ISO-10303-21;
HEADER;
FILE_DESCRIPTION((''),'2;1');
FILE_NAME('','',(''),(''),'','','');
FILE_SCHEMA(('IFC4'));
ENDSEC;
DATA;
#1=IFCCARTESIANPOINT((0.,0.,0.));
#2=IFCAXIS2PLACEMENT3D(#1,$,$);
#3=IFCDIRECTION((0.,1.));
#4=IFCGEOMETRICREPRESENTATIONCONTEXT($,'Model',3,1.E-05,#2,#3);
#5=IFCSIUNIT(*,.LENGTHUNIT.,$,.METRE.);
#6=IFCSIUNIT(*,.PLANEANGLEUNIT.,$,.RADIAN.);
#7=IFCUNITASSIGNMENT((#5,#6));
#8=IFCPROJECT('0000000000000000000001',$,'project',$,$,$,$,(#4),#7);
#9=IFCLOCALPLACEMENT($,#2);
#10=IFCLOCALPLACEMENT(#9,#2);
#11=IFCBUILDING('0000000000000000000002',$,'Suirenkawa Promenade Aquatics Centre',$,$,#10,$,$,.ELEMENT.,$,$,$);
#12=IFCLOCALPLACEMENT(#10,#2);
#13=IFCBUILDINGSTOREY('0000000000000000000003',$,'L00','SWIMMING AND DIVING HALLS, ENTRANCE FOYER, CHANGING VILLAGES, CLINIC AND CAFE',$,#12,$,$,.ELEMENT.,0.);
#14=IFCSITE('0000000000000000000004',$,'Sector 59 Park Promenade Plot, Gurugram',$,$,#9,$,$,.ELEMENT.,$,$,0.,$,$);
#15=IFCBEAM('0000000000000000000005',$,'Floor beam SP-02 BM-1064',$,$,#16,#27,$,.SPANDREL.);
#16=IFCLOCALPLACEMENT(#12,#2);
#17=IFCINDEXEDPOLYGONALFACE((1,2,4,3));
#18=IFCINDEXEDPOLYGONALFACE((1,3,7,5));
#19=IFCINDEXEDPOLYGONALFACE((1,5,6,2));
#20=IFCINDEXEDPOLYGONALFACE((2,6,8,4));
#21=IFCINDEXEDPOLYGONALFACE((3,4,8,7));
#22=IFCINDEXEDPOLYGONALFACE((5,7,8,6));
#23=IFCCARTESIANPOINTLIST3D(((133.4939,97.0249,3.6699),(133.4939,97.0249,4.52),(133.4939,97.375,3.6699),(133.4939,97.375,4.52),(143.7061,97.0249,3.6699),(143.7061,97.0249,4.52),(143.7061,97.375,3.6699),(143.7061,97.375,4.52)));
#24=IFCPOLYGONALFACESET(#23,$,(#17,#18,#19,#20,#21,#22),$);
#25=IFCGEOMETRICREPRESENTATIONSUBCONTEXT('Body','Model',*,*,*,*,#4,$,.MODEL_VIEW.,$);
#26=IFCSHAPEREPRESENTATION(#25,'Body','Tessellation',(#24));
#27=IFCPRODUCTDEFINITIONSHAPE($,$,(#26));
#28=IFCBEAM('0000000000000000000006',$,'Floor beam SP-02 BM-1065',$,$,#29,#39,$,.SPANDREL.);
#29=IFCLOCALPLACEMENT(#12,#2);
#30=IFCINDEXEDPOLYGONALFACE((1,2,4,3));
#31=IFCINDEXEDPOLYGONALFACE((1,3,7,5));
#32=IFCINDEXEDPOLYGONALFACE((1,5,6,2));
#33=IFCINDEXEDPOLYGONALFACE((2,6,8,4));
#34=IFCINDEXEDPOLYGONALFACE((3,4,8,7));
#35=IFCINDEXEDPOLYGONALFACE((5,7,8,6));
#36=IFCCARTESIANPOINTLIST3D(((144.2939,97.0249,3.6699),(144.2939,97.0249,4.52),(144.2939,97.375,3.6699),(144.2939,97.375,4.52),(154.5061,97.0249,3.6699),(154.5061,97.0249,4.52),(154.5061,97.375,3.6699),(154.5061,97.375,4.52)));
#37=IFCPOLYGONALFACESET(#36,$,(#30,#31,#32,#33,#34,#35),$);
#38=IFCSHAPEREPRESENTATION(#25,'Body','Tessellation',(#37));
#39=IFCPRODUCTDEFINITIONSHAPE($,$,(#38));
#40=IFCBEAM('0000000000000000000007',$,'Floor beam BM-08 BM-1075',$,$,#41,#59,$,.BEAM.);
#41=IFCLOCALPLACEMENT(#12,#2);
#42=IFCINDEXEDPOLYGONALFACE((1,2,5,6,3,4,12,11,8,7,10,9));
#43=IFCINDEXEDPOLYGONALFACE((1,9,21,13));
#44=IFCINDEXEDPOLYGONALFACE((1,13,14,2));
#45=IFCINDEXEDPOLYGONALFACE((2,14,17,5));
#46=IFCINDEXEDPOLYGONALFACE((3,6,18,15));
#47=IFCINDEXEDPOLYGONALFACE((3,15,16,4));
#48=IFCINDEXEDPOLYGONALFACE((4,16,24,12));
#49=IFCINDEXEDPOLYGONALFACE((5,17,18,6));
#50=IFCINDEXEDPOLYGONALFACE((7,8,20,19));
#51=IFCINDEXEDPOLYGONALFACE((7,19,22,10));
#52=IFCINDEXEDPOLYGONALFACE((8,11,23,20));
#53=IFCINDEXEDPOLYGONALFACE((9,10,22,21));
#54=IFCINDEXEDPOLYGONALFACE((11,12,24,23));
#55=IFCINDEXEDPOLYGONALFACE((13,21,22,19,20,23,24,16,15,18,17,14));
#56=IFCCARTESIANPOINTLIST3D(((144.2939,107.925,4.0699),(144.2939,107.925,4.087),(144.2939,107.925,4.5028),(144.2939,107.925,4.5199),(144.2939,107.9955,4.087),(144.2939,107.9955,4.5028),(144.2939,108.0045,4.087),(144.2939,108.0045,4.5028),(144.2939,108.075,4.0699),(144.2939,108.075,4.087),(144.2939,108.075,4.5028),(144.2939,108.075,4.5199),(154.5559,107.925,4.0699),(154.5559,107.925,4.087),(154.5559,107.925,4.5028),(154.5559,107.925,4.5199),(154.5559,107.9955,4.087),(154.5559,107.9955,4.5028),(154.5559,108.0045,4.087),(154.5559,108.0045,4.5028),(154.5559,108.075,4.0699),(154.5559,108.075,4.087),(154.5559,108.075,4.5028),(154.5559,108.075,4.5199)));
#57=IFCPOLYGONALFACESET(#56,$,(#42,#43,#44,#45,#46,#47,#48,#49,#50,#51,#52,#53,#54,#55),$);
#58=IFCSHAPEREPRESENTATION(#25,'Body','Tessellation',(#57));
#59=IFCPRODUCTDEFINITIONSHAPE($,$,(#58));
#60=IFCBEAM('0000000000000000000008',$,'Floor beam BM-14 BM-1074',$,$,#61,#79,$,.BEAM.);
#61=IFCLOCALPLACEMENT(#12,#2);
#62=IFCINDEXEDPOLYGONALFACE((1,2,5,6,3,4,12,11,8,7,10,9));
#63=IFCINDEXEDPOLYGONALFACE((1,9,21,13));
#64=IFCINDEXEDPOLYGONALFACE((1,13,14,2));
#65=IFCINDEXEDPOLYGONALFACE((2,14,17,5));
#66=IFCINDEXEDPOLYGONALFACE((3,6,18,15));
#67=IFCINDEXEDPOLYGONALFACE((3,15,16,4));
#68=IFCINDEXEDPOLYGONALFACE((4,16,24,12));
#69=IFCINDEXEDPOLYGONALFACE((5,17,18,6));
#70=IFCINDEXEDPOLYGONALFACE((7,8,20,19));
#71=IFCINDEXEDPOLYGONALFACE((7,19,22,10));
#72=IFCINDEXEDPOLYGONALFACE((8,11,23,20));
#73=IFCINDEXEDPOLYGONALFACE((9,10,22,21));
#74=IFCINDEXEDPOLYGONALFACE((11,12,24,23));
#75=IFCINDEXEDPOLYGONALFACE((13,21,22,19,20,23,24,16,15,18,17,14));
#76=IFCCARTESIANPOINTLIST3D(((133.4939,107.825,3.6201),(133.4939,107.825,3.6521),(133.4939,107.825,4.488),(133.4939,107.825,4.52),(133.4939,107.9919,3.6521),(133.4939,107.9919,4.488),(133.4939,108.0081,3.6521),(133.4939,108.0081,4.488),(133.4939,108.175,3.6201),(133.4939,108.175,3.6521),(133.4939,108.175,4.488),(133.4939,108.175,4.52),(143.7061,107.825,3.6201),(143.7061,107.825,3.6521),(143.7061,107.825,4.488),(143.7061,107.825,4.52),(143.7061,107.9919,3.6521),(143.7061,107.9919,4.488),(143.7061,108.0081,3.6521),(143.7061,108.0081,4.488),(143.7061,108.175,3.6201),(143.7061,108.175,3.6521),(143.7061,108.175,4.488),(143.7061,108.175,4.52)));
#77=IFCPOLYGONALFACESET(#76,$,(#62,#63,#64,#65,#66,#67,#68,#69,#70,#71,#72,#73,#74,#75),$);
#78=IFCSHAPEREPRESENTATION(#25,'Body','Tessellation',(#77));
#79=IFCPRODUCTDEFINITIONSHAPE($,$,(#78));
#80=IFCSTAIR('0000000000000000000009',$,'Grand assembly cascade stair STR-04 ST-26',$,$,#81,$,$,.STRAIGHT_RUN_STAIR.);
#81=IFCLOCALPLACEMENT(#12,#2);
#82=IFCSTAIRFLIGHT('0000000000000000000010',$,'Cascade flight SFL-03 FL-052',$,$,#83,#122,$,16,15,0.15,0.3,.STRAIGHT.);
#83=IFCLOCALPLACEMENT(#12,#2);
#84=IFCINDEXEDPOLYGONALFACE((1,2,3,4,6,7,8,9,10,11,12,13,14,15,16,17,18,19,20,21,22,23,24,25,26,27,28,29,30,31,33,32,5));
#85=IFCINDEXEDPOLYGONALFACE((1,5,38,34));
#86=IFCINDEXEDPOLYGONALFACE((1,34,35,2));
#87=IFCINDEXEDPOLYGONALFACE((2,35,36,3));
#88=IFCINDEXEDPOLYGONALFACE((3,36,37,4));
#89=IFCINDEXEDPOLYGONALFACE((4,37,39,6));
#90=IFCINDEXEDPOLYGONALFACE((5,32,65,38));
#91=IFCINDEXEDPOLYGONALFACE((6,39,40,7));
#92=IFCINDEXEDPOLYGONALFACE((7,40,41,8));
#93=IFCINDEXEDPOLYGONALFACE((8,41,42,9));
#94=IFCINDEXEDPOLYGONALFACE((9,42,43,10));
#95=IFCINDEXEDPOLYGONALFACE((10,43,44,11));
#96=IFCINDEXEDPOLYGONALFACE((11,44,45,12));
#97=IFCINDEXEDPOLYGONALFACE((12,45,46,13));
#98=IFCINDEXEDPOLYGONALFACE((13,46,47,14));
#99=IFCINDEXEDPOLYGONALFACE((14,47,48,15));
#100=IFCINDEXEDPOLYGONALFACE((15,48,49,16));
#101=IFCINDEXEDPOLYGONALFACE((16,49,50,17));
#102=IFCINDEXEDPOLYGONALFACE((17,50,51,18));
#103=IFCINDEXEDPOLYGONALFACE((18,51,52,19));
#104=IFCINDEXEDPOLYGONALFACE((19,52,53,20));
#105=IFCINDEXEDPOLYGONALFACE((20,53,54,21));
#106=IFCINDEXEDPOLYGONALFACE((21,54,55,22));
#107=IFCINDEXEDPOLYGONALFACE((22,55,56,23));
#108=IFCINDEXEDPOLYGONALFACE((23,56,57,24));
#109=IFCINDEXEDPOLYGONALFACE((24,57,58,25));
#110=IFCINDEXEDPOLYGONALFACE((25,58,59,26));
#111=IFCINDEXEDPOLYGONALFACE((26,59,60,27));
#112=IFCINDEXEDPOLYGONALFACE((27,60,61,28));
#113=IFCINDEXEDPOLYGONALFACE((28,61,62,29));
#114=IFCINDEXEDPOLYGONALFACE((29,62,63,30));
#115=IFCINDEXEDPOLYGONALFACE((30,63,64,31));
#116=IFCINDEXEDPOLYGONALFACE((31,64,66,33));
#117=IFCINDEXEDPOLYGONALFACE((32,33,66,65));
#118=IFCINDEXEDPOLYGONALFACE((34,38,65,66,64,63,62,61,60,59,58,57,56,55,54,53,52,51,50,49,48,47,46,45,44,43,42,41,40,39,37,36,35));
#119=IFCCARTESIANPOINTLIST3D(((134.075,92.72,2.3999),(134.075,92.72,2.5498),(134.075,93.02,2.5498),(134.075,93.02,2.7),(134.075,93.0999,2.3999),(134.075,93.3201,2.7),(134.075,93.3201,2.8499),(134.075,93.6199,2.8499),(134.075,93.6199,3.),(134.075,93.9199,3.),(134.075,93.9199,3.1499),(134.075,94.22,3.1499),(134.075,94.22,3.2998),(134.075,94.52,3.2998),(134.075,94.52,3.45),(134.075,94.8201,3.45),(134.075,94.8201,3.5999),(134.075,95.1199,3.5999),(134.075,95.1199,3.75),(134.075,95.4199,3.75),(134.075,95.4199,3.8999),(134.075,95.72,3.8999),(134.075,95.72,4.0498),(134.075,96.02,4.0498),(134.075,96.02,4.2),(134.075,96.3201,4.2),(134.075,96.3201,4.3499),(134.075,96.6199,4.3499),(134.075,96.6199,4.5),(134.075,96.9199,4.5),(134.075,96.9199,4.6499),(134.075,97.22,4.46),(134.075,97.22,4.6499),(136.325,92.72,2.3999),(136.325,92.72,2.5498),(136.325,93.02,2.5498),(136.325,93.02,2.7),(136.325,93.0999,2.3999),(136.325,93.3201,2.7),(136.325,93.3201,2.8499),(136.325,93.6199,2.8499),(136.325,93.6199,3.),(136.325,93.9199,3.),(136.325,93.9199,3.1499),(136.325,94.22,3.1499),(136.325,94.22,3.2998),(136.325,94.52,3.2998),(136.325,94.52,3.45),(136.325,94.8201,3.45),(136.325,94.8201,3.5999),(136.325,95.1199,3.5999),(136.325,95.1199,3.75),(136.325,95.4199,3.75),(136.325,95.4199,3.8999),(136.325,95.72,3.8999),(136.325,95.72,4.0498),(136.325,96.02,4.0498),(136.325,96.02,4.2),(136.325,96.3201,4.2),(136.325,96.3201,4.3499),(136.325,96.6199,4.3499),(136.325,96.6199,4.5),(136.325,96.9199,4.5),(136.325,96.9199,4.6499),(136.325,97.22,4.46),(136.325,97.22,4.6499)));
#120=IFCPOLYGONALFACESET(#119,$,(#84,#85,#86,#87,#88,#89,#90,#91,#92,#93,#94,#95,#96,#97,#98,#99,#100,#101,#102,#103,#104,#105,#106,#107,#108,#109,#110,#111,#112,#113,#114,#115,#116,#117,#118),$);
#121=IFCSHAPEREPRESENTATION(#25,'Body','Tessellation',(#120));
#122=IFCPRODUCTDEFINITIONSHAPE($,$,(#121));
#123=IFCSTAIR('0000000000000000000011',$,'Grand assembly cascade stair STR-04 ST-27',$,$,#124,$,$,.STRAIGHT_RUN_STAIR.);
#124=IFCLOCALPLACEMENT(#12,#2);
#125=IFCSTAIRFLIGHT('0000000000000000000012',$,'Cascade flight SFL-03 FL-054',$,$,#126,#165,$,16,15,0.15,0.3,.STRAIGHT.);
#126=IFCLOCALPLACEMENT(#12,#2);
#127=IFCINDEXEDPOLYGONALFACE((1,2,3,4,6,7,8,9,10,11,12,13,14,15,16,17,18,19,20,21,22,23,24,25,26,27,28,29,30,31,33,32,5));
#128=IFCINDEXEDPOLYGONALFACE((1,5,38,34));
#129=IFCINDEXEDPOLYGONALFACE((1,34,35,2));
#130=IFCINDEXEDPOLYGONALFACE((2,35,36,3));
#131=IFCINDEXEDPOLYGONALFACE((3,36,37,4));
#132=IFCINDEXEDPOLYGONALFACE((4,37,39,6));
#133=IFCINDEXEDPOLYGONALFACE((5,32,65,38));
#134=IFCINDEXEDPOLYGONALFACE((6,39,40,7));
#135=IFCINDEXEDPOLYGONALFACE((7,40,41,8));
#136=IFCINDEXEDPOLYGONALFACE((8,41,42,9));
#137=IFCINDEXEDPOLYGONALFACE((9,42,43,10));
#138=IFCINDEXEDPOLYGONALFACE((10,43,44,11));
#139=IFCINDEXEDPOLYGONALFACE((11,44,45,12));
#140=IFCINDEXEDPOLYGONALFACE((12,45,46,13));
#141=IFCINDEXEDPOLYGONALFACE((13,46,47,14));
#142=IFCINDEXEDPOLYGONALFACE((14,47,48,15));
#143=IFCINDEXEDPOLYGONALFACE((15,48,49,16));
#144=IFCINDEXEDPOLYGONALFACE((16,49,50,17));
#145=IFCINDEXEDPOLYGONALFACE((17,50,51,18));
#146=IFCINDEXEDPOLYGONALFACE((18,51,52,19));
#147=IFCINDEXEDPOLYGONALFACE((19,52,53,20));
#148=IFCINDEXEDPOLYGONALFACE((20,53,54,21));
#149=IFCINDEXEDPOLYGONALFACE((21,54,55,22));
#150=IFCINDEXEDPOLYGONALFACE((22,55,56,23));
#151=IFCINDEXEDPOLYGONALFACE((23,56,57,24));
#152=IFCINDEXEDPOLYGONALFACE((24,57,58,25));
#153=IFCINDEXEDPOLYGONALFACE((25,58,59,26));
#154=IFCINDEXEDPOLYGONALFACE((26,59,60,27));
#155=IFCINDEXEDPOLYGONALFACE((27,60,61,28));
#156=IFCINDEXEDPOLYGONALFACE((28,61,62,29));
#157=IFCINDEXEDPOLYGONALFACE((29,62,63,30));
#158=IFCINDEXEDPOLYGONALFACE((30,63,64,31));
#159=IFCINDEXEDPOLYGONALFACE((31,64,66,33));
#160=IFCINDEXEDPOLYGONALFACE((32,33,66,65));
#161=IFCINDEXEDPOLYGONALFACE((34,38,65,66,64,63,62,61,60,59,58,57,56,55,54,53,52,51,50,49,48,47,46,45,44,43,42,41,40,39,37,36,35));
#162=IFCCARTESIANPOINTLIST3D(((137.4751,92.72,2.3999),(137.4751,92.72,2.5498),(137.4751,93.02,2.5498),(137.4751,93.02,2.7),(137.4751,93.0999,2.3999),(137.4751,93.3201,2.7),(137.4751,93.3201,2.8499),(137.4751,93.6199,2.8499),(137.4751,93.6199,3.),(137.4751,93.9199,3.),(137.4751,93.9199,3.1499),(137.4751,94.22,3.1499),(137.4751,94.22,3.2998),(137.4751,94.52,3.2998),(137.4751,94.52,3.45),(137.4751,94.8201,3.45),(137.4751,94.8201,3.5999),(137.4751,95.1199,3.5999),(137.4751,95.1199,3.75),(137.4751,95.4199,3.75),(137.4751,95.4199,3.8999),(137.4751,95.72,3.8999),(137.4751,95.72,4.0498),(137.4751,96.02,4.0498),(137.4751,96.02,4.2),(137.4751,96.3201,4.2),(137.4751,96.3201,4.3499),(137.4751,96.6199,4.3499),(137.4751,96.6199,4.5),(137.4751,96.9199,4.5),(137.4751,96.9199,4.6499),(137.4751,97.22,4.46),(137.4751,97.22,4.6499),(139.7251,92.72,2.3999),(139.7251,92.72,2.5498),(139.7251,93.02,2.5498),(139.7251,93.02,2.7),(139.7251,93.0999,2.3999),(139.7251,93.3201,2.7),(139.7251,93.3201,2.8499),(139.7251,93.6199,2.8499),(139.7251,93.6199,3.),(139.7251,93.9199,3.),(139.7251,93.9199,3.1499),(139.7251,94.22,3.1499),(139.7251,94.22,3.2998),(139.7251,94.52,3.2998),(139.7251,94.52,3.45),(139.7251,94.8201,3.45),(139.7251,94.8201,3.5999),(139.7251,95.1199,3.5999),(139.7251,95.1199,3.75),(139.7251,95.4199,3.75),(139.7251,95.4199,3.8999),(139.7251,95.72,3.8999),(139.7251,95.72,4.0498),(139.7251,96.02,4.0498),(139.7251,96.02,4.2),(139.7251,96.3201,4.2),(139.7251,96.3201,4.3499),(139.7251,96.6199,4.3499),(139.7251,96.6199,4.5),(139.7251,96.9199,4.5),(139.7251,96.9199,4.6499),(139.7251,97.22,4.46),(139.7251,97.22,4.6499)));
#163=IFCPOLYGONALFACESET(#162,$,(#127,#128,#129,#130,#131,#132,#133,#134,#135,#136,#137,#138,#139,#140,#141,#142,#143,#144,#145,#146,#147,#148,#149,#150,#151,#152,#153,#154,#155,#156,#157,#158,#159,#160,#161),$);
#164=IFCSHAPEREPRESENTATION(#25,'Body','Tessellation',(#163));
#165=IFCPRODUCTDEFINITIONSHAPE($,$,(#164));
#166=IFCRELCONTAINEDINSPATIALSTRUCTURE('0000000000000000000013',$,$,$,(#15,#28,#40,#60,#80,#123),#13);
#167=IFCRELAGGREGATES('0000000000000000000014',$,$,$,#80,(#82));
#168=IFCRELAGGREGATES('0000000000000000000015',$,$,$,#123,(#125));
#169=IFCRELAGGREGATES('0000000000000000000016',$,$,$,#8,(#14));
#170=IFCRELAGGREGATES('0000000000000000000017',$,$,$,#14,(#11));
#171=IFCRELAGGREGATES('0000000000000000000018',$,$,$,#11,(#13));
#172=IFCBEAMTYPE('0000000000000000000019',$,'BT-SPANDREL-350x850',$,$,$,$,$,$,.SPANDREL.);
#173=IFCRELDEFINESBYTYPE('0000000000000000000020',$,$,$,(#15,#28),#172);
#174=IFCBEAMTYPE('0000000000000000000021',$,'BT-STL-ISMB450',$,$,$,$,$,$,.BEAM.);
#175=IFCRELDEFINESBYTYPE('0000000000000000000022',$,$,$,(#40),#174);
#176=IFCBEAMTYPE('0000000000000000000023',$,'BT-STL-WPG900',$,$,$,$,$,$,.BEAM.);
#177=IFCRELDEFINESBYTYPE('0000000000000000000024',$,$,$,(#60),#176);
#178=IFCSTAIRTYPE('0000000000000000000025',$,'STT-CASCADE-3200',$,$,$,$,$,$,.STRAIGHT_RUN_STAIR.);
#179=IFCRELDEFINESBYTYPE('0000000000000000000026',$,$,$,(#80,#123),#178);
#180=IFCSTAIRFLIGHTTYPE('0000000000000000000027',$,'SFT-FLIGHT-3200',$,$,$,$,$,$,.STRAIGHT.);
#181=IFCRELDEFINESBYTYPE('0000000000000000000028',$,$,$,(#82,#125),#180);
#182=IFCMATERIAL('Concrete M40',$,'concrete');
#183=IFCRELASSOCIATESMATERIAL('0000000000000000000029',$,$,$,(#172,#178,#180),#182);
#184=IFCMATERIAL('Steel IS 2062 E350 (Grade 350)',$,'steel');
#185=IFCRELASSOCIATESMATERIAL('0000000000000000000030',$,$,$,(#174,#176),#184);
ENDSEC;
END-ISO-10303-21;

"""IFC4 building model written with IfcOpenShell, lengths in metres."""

from ifc_helpers import new_model, si_unit, direction, frame, origin, origin_2d, place, context, subcontext, project, spatial, polyline, rectangle, i_section, outline, extrude, material, material_profile, profile_set, type_object, element, aggregate, save


model = new_model("IFC4")

# Units and contexts
model_context = context("Model", 3, precision=1e-05, world=origin(), true_north=direction((0.0, 1.0)))
body_context = subcontext(model_context, "Body", "Model", "MODEL_VIEW")
ifc_project = project(units=[si_unit("LENGTHUNIT", "METRE"), si_unit("PLANEANGLEUNIT", "RADIAN")], contexts=[model_context])

# Site, building, storey
site_placement = place(None, origin())
site = spatial("IfcSite", under=ifc_project, at=site_placement, Name="Sector 59 Park Promenade Plot, Gurugram", CompositionType="ELEMENT", RefElevation=0.0)
building_placement = place(site_placement, origin())
building = spatial("IfcBuilding", under=site, at=building_placement, Name="Suirenkawa Promenade Aquatics Centre", CompositionType="ELEMENT")
storey_placement = place(building_placement, origin())
storey = spatial("IfcBuildingStorey", under=building, at=storey_placement, Name="L00", Description="SWIMMING AND DIVING HALLS, ENTRANCE FOYER, CHANGING VILLAGES, CLINIC AND CAFE", CompositionType="ELEMENT", Elevation=0.0)

# Shared definitions
ifc_material_1 = material(Name="Concrete M40", Category="concrete")

# Beams
ifc_material_2 = material(Name="Steel IS 2062 E350 (Grade 350)", Category="steel")
ifc_material_profile_1 = material_profile(ifc_material_1, rectangle(XDim=0.3501, YDim=0.8501, at=origin_2d()), Name="RC SPANDREL 350x850", Category="concrete")
ifc_profile_set_1 = profile_set([ifc_material_profile_1], Name="Concrete M40")
beam_type_1 = type_object("IfcBeamType", Name="BT-SPANDREL-350x850", PredefinedType="SPANDREL", material=ifc_profile_set_1)
for number, where, z_axis, x_axis, name in (
    (1, (133.4939, 97.2, 4.095), (1.0, 0.0, 0.0), (0.0, 1.0, 0.0), "Floor beam SP-02 BM-1064"),
    (2, (144.2939, 97.2, 4.095), (1.0, 0.0, 0.0), (0.0, 1.0, 0.0), "Floor beam SP-02 BM-1065"),
):
    element("IfcBeam", number, at=place(storey_placement, frame(where, z_axis=z_axis, x_axis=x_axis)), inside=storey, type_object=beam_type_1, Name=name, PredefinedType="SPANDREL", context=body_context, shape_type="SweptSolid", body=[
        extrude(rectangle(XDim=0.3501, YDim=0.8501, at=origin_2d()), origin(), (0.0, 0.0, 1.0), 10.2122),
    ])
ifc_material_profile_2 = material_profile(ifc_material_2, i_section(OverallWidth=0.1499, OverallDepth=0.45, WebThickness=0.009, FlangeThickness=0.0171, at=origin_2d()), Name="ISMB 450", Category="steel")
ifc_profile_set_2 = profile_set([ifc_material_profile_2], Name="Steel IS 2062 E350 (Grade 350)")
beam_type_2 = type_object("IfcBeamType", Name="BT-STL-ISMB450", PredefinedType="BEAM", material=ifc_profile_set_2)
beam_1_placement = place(storey_placement, frame((144.2939, 108.0, 4.2949), z_axis=(1.0, 0.0, 0.0), x_axis=(0.0, 1.0, 0.0)))
element("IfcBeam", 3, at=beam_1_placement, inside=storey, type_object=beam_type_2, Name="Floor beam BM-08 BM-1075", PredefinedType="BEAM", context=body_context, shape_type="SweptSolid", body=[
    extrude(i_section(OverallWidth=0.1499, OverallDepth=0.45, WebThickness=0.009, FlangeThickness=0.0171, at=origin_2d()), origin(), (0.0, 0.0, 1.0), 10.262),
])
ifc_material_profile_3 = material_profile(ifc_material_2, i_section(OverallWidth=0.3501, OverallDepth=0.8999, WebThickness=0.0161, FlangeThickness=0.032, at=origin_2d()), Name="WPG 900x350", Category="steel")
ifc_profile_set_3 = profile_set([ifc_material_profile_3], Name="Steel IS 2062 E350 (Grade 350)")
beam_type_3 = type_object("IfcBeamType", Name="BT-STL-WPG900", PredefinedType="BEAM", material=ifc_profile_set_3)
beam_2_placement = place(storey_placement, frame((133.4939, 108.0, 4.0701), z_axis=(1.0, 0.0, 0.0), x_axis=(0.0, 1.0, 0.0)))
element("IfcBeam", 4, at=beam_2_placement, inside=storey, type_object=beam_type_3, Name="Floor beam BM-14 BM-1074", PredefinedType="BEAM", context=body_context, shape_type="SweptSolid", body=[
    extrude(i_section(OverallWidth=0.3501, OverallDepth=0.8999, WebThickness=0.0161, FlangeThickness=0.032, at=origin_2d()), origin(), (0.0, 0.0, 1.0), 10.2122),
])

# Stairs, stair flights
stair_type = type_object("IfcStairType", Name="STT-CASCADE-3200", PredefinedType="STRAIGHT_RUN_STAIR", material=ifc_material_1)
stair_1_placement = place(storey_placement, origin())
stair_1 = element("IfcStair", 5, at=stair_1_placement, inside=storey, type_object=stair_type, Name="Grand assembly cascade stair STR-04 ST-26", PredefinedType="STRAIGHT_RUN_STAIR")
stair_flight_type = type_object("IfcStairFlightType", Name="SFT-FLIGHT-3200", PredefinedType="STRAIGHT", material=ifc_material_1)
stair_flight_1_placement = place(storey_placement, frame((135.2, 92.72, 2.3999), z_axis=(0.0, 0.0, 1.0), x_axis=(0.0, 1.0, 0.0)))
stair_flight_1 = element("IfcStairFlight", 6, at=stair_flight_1_placement, type_object=stair_flight_type, Name="Cascade flight SFL-03 FL-052", NumberOfRisers=16, NumberOfTreads=15, PredefinedType="STRAIGHT", RiserHeight=0.15, TreadLength=0.3, context=body_context, shape_type="SweptSolid", body=[
    extrude(outline(polyline([(0.0, 0.0), (0.0, 0.1499), (0.3, 0.1499), (0.3, 0.3), (0.6001, 0.3), (0.6001, 0.45), (0.8999, 0.45), (0.8999, 0.6001), (1.2, 0.6001), (1.2, 0.75), (1.5, 0.75), (1.5, 0.8999), (1.8, 0.8999), (1.8, 1.05), (2.1001, 1.05), (2.1001, 1.2), (2.3999, 1.2), (2.3999, 1.3501), (2.7, 1.3501), (2.7, 1.5), (3.0, 1.5), (3.0, 1.6499), (3.3, 1.6499), (3.3, 1.8), (3.6001, 1.8), (3.6001, 1.95), (3.8999, 1.95), (3.8999, 2.1001), (4.2, 2.1001), (4.2, 2.25), (4.5, 2.25), (4.5, 2.3999), (4.5, 2.0601), (0.3799, 0.0), (0.0, 0.0)])), frame((0.0, 1.125, 0.0), z_axis=(0.0, -1.0, 0.0), x_axis=(1.0, 0.0, 0.0)), (0.0, 0.0, 1.0), 2.25),
])
aggregate(stair_1, [stair_flight_1])
stair_2_placement = place(storey_placement, origin())
stair_2 = element("IfcStair", 7, at=stair_2_placement, inside=storey, type_object=stair_type, Name="Grand assembly cascade stair STR-04 ST-27", PredefinedType="STRAIGHT_RUN_STAIR")
stair_flight_2_placement = place(storey_placement, frame((138.6001, 92.72, 2.3999), z_axis=(0.0, 0.0, 1.0), x_axis=(0.0, 1.0, 0.0)))
stair_flight_2 = element("IfcStairFlight", 8, at=stair_flight_2_placement, type_object=stair_flight_type, Name="Cascade flight SFL-03 FL-054", NumberOfRisers=16, NumberOfTreads=15, PredefinedType="STRAIGHT", RiserHeight=0.15, TreadLength=0.3, context=body_context, shape_type="SweptSolid", body=[
    extrude(outline(polyline([(0.0, 0.0), (0.0, 0.1499), (0.3, 0.1499), (0.3, 0.3), (0.6001, 0.3), (0.6001, 0.45), (0.8999, 0.45), (0.8999, 0.6001), (1.2, 0.6001), (1.2, 0.75), (1.5, 0.75), (1.5, 0.8999), (1.8, 0.8999), (1.8, 1.05), (2.1001, 1.05), (2.1001, 1.2), (2.3999, 1.2), (2.3999, 1.3501), (2.7, 1.3501), (2.7, 1.5), (3.0, 1.5), (3.0, 1.6499), (3.3, 1.6499), (3.3, 1.8), (3.6001, 1.8), (3.6001, 1.95), (3.8999, 1.95), (3.8999, 2.1001), (4.2, 2.1001), (4.2, 2.25), (4.5, 2.25), (4.5, 2.3999), (4.5, 2.0601), (0.3799, 0.0), (0.0, 0.0)])), frame((0.0, 1.125, 0.0), z_axis=(0.0, -1.0, 0.0), x_axis=(1.0, 0.0, 0.0)), (0.0, 0.0, 1.0), 2.25),
])
aggregate(stair_2, [stair_flight_2])

save(model, "model.ifc")
